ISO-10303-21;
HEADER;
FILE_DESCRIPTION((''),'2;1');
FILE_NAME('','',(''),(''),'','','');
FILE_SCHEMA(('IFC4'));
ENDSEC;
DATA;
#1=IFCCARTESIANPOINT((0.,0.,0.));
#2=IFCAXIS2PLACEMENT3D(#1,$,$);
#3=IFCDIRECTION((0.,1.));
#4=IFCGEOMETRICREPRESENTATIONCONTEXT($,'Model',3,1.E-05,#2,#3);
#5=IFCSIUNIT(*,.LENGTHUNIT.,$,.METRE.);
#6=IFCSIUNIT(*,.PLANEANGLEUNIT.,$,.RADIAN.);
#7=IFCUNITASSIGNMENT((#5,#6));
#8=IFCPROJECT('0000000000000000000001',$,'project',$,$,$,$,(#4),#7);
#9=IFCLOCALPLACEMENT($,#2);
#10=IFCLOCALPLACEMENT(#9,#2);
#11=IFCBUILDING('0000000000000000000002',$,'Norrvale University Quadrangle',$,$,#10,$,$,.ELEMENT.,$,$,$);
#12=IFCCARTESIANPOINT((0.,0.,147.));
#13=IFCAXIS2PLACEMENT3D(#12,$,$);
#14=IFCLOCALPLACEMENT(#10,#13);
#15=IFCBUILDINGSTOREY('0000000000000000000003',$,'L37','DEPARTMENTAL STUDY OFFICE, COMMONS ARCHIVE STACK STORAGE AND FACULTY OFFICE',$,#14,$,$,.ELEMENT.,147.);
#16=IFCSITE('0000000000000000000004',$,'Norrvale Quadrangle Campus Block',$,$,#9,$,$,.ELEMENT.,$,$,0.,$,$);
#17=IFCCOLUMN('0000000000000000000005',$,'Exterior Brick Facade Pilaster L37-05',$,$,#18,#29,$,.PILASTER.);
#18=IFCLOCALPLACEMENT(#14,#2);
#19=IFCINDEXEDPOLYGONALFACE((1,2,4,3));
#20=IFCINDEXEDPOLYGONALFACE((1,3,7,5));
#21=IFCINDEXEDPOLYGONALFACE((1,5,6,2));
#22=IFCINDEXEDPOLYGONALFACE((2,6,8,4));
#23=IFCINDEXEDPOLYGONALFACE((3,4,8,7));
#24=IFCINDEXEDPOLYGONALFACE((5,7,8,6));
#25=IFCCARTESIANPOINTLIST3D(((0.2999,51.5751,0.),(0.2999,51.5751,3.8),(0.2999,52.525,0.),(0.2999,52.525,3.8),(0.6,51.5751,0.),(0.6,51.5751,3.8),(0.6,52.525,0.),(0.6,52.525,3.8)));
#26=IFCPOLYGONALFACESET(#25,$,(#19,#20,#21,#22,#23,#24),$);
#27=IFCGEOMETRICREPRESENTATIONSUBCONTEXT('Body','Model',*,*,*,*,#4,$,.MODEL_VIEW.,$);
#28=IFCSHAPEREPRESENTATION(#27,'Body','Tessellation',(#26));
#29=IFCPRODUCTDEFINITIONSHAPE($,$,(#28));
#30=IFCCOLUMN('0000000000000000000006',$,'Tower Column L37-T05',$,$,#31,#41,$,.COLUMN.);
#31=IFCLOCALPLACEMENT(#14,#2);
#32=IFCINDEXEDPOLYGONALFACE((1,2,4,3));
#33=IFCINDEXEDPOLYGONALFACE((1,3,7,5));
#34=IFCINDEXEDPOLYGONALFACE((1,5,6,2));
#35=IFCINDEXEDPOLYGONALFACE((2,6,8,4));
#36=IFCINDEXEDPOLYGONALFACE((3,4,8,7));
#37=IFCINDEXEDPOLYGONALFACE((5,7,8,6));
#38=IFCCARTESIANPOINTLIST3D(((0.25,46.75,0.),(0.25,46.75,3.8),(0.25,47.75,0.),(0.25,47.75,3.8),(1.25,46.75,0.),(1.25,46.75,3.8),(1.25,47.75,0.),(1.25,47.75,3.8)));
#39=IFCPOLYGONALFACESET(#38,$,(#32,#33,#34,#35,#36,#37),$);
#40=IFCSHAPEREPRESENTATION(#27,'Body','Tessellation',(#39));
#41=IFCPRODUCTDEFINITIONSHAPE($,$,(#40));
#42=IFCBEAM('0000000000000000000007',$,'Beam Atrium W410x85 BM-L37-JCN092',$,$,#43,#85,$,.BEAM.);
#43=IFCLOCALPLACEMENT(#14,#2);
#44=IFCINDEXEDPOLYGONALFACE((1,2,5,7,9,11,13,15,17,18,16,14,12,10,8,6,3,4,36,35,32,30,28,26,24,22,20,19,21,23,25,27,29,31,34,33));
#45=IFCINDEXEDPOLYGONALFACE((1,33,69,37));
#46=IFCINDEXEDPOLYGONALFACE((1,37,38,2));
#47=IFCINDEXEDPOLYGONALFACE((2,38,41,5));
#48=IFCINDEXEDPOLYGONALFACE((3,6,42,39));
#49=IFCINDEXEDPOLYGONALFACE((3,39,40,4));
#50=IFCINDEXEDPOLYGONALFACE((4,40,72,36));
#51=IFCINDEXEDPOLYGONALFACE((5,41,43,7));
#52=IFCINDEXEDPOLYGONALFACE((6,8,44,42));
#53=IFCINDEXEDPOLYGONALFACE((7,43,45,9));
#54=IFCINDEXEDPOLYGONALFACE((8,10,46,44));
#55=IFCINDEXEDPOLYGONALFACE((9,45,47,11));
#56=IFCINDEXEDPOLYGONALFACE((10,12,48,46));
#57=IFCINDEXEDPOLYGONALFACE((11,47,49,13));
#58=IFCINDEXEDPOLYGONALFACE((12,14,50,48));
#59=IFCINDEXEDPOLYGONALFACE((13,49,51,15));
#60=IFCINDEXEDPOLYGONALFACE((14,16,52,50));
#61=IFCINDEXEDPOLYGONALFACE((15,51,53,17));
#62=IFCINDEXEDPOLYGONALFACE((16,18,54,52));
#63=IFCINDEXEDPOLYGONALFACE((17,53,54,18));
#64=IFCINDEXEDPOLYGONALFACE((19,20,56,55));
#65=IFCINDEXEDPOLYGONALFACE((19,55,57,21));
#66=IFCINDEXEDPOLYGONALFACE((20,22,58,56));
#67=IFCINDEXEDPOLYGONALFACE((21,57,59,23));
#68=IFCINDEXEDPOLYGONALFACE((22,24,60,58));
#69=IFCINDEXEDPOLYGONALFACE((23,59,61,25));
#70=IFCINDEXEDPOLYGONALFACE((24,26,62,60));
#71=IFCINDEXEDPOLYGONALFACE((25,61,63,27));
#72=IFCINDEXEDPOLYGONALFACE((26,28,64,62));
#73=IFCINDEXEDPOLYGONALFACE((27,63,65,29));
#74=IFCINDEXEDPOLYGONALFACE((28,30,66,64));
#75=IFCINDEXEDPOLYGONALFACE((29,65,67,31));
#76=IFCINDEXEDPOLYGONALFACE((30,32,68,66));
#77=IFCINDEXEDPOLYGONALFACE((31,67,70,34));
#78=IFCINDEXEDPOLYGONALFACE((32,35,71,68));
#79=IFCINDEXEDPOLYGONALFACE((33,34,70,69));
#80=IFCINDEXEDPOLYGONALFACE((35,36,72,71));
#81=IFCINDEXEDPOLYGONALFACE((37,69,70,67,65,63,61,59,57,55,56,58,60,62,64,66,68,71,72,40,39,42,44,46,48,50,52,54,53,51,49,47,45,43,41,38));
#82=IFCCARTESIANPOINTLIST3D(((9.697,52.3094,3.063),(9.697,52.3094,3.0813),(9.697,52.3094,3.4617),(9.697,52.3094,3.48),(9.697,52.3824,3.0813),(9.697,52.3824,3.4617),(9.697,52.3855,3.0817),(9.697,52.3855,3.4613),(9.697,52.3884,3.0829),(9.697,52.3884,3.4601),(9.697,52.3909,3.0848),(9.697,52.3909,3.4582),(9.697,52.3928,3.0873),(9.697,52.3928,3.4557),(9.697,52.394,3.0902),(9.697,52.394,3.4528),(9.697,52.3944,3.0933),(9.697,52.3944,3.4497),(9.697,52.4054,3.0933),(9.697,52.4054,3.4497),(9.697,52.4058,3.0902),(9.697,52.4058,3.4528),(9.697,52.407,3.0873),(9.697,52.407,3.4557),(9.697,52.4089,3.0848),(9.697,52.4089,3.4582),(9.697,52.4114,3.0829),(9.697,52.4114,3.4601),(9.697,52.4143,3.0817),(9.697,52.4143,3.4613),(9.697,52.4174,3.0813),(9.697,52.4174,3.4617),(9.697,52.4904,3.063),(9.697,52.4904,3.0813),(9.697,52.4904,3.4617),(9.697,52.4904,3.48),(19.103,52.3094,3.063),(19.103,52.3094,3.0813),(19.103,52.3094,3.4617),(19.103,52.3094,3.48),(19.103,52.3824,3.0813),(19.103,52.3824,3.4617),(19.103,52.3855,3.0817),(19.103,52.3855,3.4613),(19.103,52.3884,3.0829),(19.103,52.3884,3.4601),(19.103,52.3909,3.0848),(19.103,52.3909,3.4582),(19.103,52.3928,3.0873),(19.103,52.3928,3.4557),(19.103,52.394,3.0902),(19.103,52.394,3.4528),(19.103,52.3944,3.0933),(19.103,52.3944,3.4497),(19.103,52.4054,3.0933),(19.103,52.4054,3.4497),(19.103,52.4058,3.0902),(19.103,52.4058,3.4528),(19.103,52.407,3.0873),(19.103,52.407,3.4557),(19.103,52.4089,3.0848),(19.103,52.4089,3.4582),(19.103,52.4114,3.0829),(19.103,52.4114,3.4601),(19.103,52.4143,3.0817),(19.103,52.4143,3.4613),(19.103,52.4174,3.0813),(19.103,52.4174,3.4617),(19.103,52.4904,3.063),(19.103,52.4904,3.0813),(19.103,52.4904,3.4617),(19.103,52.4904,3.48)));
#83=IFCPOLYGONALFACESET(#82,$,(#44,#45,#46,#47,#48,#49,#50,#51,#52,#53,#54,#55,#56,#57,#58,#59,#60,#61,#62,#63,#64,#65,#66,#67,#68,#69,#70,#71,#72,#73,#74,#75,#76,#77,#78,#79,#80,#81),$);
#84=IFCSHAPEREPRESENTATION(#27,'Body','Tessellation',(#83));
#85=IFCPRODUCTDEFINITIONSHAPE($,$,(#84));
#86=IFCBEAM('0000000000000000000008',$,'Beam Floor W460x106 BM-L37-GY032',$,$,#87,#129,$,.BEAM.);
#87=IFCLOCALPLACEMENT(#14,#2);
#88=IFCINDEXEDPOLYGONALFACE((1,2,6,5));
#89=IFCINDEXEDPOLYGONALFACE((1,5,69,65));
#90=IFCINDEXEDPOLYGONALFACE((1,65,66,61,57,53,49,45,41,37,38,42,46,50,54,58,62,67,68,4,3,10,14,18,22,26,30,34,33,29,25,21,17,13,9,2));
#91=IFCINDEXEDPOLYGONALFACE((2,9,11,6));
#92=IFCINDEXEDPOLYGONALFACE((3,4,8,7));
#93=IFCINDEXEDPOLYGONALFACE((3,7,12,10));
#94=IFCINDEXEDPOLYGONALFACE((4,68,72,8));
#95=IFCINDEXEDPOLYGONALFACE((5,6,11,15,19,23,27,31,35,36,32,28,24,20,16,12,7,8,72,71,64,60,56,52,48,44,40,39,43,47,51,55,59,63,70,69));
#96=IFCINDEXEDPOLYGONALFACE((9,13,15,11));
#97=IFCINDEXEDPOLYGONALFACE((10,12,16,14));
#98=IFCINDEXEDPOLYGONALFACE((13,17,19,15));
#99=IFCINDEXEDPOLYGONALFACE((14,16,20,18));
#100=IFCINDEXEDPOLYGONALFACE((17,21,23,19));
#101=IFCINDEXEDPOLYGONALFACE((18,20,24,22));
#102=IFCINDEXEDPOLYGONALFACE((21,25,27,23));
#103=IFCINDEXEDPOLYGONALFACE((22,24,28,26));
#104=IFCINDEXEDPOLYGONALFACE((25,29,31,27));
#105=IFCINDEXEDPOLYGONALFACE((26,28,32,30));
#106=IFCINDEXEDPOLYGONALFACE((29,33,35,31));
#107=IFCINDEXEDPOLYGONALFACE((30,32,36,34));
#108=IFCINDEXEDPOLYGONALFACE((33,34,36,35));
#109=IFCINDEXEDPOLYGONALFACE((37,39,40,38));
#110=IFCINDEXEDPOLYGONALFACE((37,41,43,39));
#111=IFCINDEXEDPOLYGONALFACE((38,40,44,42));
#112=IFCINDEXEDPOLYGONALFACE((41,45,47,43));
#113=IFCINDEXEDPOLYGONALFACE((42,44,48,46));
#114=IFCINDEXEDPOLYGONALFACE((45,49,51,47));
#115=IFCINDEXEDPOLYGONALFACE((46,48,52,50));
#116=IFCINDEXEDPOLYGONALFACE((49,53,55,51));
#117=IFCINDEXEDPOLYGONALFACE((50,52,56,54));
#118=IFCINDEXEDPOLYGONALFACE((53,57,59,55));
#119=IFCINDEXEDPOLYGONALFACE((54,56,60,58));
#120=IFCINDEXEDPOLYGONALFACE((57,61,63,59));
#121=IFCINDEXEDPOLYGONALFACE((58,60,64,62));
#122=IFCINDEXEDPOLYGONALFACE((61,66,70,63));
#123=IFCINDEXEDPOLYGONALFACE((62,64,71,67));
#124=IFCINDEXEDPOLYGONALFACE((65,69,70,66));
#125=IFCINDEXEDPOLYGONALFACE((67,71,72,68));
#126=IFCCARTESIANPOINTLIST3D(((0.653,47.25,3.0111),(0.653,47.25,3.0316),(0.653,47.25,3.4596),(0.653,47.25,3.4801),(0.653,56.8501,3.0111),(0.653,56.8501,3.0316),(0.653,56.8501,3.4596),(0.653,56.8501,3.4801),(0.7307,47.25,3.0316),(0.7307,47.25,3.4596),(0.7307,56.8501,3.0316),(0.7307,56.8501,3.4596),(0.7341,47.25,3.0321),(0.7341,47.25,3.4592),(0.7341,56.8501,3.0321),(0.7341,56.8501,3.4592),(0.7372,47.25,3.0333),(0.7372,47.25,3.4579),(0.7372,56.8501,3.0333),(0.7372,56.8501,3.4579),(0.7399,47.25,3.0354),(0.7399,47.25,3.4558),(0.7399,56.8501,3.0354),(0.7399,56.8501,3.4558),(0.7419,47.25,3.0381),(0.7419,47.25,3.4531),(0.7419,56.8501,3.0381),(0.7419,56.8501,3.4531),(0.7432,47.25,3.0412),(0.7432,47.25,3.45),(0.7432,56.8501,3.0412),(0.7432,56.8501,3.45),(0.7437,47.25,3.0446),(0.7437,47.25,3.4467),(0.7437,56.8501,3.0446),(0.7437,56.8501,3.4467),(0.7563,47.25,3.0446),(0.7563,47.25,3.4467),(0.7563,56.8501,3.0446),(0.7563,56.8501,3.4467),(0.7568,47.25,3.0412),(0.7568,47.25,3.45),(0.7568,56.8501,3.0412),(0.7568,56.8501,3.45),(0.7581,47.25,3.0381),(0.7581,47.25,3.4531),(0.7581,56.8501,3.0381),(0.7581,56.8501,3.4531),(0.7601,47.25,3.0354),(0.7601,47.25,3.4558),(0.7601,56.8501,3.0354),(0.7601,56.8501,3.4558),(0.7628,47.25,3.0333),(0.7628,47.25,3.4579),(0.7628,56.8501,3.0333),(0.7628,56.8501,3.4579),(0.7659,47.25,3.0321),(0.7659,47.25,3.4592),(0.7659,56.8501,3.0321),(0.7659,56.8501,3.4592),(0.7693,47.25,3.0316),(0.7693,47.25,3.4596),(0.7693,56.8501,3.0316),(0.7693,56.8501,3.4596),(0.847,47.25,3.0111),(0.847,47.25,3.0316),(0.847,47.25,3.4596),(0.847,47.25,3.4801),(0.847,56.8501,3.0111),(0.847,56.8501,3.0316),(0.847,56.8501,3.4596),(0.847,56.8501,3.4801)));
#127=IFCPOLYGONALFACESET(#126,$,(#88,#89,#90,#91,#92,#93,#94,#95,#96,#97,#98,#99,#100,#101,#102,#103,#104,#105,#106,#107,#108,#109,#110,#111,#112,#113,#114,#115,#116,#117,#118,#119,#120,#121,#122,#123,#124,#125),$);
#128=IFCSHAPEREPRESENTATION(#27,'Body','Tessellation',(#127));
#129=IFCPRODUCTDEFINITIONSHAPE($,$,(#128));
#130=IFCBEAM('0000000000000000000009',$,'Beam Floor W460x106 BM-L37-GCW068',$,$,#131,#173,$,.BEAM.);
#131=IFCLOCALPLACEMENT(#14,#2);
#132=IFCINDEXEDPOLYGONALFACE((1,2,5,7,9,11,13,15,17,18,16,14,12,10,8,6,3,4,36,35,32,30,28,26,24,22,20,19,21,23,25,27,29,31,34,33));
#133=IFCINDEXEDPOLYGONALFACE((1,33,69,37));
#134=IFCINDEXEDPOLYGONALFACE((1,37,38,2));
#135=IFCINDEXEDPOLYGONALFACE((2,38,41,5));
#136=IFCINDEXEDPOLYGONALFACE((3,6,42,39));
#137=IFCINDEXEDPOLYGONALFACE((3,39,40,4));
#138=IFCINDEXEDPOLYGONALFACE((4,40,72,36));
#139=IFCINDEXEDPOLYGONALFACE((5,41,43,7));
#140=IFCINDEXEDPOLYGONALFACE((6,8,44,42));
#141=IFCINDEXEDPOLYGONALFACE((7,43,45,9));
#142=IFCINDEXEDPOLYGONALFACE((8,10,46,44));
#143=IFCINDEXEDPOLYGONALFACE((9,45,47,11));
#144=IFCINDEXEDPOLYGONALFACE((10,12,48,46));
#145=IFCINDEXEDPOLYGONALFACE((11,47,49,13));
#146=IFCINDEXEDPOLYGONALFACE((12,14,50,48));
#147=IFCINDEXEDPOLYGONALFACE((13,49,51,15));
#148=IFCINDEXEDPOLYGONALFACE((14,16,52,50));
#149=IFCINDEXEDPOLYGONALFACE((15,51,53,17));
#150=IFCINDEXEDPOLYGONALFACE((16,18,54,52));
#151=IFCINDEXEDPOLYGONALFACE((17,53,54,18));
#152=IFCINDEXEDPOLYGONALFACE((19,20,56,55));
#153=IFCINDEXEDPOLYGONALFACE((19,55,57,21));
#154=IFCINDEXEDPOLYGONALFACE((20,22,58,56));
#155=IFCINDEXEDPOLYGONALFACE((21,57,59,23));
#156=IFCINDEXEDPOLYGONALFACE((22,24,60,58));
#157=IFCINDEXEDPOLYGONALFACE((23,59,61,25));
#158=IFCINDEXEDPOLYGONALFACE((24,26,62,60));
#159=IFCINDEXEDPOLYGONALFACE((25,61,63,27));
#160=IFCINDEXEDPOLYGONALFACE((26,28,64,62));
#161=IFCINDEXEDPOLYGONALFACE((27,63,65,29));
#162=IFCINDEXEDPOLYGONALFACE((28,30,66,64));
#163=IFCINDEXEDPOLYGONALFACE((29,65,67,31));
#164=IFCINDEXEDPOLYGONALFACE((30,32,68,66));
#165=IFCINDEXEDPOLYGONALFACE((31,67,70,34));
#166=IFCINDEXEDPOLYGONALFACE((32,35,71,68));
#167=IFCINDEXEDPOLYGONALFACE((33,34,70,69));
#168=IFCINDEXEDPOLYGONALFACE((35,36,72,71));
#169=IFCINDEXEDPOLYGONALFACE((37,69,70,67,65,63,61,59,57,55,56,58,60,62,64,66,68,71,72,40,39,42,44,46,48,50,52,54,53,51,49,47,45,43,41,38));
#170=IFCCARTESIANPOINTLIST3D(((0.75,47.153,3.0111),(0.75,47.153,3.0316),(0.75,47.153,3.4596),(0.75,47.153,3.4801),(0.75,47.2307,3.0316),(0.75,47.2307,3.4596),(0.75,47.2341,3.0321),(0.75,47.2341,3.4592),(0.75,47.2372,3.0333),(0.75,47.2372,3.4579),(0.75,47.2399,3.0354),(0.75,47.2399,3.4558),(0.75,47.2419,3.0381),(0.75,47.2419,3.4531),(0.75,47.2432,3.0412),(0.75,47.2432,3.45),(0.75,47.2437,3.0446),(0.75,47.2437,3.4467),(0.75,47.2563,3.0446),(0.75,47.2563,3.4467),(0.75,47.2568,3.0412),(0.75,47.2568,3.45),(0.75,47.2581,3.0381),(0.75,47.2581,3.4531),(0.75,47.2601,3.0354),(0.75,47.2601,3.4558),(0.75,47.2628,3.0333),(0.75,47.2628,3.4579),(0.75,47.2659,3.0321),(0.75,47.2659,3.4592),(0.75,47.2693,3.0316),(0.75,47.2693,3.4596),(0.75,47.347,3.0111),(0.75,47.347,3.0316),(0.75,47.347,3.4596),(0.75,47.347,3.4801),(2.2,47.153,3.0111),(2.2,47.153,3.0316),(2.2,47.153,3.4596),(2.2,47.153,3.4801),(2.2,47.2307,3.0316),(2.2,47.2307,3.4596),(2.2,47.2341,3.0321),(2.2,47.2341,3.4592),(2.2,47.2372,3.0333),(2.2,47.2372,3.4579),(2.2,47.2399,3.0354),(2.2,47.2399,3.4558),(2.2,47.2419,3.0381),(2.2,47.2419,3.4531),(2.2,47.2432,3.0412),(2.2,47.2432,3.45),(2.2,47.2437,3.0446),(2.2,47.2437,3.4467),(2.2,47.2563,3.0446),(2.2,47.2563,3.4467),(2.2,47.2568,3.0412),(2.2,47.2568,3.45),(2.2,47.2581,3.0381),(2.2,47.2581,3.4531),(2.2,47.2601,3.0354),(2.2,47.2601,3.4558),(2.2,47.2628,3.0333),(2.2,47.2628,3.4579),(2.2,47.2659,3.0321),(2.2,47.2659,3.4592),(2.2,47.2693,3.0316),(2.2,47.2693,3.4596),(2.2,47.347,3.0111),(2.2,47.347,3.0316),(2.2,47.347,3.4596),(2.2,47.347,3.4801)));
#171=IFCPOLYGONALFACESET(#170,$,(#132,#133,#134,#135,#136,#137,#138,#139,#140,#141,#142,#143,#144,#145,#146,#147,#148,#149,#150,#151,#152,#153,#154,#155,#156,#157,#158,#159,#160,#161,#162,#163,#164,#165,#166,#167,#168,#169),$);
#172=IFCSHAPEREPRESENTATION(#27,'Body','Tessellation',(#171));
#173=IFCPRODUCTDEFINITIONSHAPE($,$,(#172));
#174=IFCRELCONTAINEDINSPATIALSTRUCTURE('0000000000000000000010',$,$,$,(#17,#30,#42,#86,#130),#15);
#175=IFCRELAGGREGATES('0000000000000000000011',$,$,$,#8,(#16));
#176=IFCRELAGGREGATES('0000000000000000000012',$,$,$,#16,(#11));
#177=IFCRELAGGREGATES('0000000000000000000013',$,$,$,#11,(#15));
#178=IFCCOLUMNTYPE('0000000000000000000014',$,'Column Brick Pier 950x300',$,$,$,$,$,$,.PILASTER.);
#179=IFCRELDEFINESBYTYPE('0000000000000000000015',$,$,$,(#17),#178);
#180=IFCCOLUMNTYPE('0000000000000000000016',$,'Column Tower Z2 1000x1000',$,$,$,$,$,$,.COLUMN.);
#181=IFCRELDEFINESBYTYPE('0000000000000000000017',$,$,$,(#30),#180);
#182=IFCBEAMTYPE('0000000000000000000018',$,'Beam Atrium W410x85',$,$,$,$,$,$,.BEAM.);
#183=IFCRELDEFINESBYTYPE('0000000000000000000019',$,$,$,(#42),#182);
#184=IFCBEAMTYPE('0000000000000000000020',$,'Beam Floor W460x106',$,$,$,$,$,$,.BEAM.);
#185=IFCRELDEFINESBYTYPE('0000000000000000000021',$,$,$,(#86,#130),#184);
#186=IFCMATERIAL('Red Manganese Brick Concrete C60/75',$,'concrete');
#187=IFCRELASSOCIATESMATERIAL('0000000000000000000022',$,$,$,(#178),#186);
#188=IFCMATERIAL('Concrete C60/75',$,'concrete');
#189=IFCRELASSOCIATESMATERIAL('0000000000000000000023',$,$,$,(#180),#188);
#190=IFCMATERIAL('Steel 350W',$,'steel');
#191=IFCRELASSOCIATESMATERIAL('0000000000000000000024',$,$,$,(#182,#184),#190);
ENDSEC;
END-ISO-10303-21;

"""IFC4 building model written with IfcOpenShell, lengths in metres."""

from ifc_helpers import new_model, si_unit, direction, frame, origin, origin_2d, place, context, subcontext, project, spatial, rectangle, i_section, extrude, material, material_profile, profile_set, type_object, element, save


model = new_model("IFC4")

# Units and contexts
model_context = context("Model", 3, precision=1e-05, world=origin(), true_north=direction((0.0, 1.0)))
body_context = subcontext(model_context, "Body", "Model", "MODEL_VIEW")
ifc_project = project(units=[si_unit("LENGTHUNIT", "METRE"), si_unit("PLANEANGLEUNIT", "RADIAN")], contexts=[model_context])

# Site, building, storey
site_placement = place(None, origin())
site = spatial("IfcSite", under=ifc_project, at=site_placement, Name="Norrvale Quadrangle Campus Block", CompositionType="ELEMENT", RefElevation=0.0)
building_placement = place(site_placement, origin())
building = spatial("IfcBuilding", under=site, at=building_placement, Name="Norrvale University Quadrangle", CompositionType="ELEMENT")
storey_placement = place(building_placement, frame((0.0, 0.0, 147.0)))
storey = spatial("IfcBuildingStorey", under=building, at=storey_placement, Name="L37", Description="DEPARTMENTAL STUDY OFFICE, COMMONS ARCHIVE STACK STORAGE AND FACULTY OFFICE", CompositionType="ELEMENT", Elevation=147.0)

# Columns
ifc_material_1 = material(Name="Red Manganese Brick Concrete C60/75", Category="concrete")
ifc_material_profile_1 = material_profile(ifc_material_1, rectangle(XDim=0.95, YDim=0.3, at=origin_2d()), Name="Red Manganese Brick Concrete C60/75")
ifc_profile_set_1 = profile_set([ifc_material_profile_1], Name="Red Manganese Brick Concrete C60/75")
column_type_1 = type_object("IfcColumnType", Name="Column Brick Pier 950x300", PredefinedType="PILASTER", material=ifc_profile_set_1)
column_1_placement = place(storey_placement, frame((0.45, 52.05, 0.0), z_axis=(0.0, 0.0, 1.0), x_axis=(0.0, 1.0, 0.0)))
element("IfcColumn", 1, at=column_1_placement, inside=storey, type_object=column_type_1, Name="Exterior Brick Facade Pilaster L37-05", PredefinedType="PILASTER", context=body_context, shape_type="SweptSolid", body=[
    extrude(rectangle(XDim=0.95, YDim=0.3, at=origin_2d()), origin(), (0.0, 0.0, 1.0), 3.8),
])
ifc_material_2 = material(Name="Concrete C60/75", Category="concrete")
ifc_material_profile_2 = material_profile(ifc_material_2, rectangle(XDim=1.0, YDim=1.0, at=origin_2d()), Name="Concrete C60/75")
ifc_profile_set_2 = profile_set([ifc_material_profile_2], Name="Concrete C60/75")
column_type_2 = type_object("IfcColumnType", Name="Column Tower Z2 1000x1000", PredefinedType="COLUMN", material=ifc_profile_set_2)
column_2_placement = place(storey_placement, frame((0.75, 47.25, 0.0), z_axis=(0.0, 0.0, 1.0), x_axis=(1.0, 0.0, 0.0)))
element("IfcColumn", 2, at=column_2_placement, inside=storey, type_object=column_type_2, Name="Tower Column L37-T05", PredefinedType="COLUMN", context=body_context, shape_type="SweptSolid", body=[
    extrude(rectangle(XDim=1.0, YDim=1.0, at=origin_2d()), origin(), (0.0, 0.0, 1.0), 3.8),
])

# Beams
ifc_material_3 = material(Name="Steel 350W", Category="steel")
ifc_material_profile_3 = material_profile(ifc_material_3, i_section(OverallWidth=0.1809, OverallDepth=0.417, WebThickness=0.011, FlangeThickness=0.0183, FilletRadius=0.012, at=origin_2d()), Name="Steel 350W")
ifc_profile_set_3 = profile_set([ifc_material_profile_3], Name="Steel 350W")
beam_type_1 = type_object("IfcBeamType", Name="Beam Atrium W410x85", PredefinedType="BEAM", material=ifc_profile_set_3)
beam_1_placement = place(storey_placement, frame((9.697, 52.3999, 3.2715), z_axis=(1.0, 0.0, 0.0), x_axis=(0.0, 1.0, 0.0)))
element("IfcBeam", 3, at=beam_1_placement, inside=storey, type_object=beam_type_1, Name="Beam Atrium W410x85 BM-L37-JCN092", PredefinedType="BEAM", context=body_context, shape_type="SweptSolid", body=[
    extrude(i_section(OverallWidth=0.1809, OverallDepth=0.417, WebThickness=0.011, FlangeThickness=0.0183, FilletRadius=0.012, at=origin_2d()), origin(), (0.0, 0.0, 1.0), 9.406),
])
ifc_material_profile_4 = material_profile(ifc_material_3, i_section(OverallWidth=0.1941, OverallDepth=0.469, WebThickness=0.0127, FlangeThickness=0.0205, FilletRadius=0.0129, at=origin_2d()), Name="Steel 350W")
ifc_profile_set_4 = profile_set([ifc_material_profile_4], Name="Steel 350W")
beam_type_2 = type_object("IfcBeamType", Name="Beam Floor W460x106", PredefinedType="BEAM", material=ifc_profile_set_4)
beam_2_placement = place(storey_placement, frame((0.75, 47.25, 3.2456), z_axis=(0.0, 1.0, 0.0), x_axis=(-1.0, 0.0, 0.0)))
element("IfcBeam", 4, at=beam_2_placement, inside=storey, type_object=beam_type_2, Name="Beam Floor W460x106 BM-L37-GY032", PredefinedType="BEAM", context=body_context, shape_type="SweptSolid", body=[
    extrude(i_section(OverallWidth=0.1941, OverallDepth=0.469, WebThickness=0.0127, FlangeThickness=0.0205, FilletRadius=0.0129, at=origin_2d()), origin(), (0.0, 0.0, 1.0), 9.6001),
])
beam_3_placement = place(storey_placement, frame((0.75, 47.25, 3.2456), z_axis=(1.0, 0.0, 0.0), x_axis=(0.0, 1.0, 0.0)))
element("IfcBeam", 5, at=beam_3_placement, inside=storey, type_object=beam_type_2, Name="Beam Floor W460x106 BM-L37-GCW068", PredefinedType="BEAM", context=body_context, shape_type="SweptSolid", body=[
    extrude(i_section(OverallWidth=0.1941, OverallDepth=0.469, WebThickness=0.0127, FlangeThickness=0.0205, FilletRadius=0.0129, at=origin_2d()), origin(), (0.0, 0.0, 1.0), 1.45),
])

save(model, "model.ifc")
